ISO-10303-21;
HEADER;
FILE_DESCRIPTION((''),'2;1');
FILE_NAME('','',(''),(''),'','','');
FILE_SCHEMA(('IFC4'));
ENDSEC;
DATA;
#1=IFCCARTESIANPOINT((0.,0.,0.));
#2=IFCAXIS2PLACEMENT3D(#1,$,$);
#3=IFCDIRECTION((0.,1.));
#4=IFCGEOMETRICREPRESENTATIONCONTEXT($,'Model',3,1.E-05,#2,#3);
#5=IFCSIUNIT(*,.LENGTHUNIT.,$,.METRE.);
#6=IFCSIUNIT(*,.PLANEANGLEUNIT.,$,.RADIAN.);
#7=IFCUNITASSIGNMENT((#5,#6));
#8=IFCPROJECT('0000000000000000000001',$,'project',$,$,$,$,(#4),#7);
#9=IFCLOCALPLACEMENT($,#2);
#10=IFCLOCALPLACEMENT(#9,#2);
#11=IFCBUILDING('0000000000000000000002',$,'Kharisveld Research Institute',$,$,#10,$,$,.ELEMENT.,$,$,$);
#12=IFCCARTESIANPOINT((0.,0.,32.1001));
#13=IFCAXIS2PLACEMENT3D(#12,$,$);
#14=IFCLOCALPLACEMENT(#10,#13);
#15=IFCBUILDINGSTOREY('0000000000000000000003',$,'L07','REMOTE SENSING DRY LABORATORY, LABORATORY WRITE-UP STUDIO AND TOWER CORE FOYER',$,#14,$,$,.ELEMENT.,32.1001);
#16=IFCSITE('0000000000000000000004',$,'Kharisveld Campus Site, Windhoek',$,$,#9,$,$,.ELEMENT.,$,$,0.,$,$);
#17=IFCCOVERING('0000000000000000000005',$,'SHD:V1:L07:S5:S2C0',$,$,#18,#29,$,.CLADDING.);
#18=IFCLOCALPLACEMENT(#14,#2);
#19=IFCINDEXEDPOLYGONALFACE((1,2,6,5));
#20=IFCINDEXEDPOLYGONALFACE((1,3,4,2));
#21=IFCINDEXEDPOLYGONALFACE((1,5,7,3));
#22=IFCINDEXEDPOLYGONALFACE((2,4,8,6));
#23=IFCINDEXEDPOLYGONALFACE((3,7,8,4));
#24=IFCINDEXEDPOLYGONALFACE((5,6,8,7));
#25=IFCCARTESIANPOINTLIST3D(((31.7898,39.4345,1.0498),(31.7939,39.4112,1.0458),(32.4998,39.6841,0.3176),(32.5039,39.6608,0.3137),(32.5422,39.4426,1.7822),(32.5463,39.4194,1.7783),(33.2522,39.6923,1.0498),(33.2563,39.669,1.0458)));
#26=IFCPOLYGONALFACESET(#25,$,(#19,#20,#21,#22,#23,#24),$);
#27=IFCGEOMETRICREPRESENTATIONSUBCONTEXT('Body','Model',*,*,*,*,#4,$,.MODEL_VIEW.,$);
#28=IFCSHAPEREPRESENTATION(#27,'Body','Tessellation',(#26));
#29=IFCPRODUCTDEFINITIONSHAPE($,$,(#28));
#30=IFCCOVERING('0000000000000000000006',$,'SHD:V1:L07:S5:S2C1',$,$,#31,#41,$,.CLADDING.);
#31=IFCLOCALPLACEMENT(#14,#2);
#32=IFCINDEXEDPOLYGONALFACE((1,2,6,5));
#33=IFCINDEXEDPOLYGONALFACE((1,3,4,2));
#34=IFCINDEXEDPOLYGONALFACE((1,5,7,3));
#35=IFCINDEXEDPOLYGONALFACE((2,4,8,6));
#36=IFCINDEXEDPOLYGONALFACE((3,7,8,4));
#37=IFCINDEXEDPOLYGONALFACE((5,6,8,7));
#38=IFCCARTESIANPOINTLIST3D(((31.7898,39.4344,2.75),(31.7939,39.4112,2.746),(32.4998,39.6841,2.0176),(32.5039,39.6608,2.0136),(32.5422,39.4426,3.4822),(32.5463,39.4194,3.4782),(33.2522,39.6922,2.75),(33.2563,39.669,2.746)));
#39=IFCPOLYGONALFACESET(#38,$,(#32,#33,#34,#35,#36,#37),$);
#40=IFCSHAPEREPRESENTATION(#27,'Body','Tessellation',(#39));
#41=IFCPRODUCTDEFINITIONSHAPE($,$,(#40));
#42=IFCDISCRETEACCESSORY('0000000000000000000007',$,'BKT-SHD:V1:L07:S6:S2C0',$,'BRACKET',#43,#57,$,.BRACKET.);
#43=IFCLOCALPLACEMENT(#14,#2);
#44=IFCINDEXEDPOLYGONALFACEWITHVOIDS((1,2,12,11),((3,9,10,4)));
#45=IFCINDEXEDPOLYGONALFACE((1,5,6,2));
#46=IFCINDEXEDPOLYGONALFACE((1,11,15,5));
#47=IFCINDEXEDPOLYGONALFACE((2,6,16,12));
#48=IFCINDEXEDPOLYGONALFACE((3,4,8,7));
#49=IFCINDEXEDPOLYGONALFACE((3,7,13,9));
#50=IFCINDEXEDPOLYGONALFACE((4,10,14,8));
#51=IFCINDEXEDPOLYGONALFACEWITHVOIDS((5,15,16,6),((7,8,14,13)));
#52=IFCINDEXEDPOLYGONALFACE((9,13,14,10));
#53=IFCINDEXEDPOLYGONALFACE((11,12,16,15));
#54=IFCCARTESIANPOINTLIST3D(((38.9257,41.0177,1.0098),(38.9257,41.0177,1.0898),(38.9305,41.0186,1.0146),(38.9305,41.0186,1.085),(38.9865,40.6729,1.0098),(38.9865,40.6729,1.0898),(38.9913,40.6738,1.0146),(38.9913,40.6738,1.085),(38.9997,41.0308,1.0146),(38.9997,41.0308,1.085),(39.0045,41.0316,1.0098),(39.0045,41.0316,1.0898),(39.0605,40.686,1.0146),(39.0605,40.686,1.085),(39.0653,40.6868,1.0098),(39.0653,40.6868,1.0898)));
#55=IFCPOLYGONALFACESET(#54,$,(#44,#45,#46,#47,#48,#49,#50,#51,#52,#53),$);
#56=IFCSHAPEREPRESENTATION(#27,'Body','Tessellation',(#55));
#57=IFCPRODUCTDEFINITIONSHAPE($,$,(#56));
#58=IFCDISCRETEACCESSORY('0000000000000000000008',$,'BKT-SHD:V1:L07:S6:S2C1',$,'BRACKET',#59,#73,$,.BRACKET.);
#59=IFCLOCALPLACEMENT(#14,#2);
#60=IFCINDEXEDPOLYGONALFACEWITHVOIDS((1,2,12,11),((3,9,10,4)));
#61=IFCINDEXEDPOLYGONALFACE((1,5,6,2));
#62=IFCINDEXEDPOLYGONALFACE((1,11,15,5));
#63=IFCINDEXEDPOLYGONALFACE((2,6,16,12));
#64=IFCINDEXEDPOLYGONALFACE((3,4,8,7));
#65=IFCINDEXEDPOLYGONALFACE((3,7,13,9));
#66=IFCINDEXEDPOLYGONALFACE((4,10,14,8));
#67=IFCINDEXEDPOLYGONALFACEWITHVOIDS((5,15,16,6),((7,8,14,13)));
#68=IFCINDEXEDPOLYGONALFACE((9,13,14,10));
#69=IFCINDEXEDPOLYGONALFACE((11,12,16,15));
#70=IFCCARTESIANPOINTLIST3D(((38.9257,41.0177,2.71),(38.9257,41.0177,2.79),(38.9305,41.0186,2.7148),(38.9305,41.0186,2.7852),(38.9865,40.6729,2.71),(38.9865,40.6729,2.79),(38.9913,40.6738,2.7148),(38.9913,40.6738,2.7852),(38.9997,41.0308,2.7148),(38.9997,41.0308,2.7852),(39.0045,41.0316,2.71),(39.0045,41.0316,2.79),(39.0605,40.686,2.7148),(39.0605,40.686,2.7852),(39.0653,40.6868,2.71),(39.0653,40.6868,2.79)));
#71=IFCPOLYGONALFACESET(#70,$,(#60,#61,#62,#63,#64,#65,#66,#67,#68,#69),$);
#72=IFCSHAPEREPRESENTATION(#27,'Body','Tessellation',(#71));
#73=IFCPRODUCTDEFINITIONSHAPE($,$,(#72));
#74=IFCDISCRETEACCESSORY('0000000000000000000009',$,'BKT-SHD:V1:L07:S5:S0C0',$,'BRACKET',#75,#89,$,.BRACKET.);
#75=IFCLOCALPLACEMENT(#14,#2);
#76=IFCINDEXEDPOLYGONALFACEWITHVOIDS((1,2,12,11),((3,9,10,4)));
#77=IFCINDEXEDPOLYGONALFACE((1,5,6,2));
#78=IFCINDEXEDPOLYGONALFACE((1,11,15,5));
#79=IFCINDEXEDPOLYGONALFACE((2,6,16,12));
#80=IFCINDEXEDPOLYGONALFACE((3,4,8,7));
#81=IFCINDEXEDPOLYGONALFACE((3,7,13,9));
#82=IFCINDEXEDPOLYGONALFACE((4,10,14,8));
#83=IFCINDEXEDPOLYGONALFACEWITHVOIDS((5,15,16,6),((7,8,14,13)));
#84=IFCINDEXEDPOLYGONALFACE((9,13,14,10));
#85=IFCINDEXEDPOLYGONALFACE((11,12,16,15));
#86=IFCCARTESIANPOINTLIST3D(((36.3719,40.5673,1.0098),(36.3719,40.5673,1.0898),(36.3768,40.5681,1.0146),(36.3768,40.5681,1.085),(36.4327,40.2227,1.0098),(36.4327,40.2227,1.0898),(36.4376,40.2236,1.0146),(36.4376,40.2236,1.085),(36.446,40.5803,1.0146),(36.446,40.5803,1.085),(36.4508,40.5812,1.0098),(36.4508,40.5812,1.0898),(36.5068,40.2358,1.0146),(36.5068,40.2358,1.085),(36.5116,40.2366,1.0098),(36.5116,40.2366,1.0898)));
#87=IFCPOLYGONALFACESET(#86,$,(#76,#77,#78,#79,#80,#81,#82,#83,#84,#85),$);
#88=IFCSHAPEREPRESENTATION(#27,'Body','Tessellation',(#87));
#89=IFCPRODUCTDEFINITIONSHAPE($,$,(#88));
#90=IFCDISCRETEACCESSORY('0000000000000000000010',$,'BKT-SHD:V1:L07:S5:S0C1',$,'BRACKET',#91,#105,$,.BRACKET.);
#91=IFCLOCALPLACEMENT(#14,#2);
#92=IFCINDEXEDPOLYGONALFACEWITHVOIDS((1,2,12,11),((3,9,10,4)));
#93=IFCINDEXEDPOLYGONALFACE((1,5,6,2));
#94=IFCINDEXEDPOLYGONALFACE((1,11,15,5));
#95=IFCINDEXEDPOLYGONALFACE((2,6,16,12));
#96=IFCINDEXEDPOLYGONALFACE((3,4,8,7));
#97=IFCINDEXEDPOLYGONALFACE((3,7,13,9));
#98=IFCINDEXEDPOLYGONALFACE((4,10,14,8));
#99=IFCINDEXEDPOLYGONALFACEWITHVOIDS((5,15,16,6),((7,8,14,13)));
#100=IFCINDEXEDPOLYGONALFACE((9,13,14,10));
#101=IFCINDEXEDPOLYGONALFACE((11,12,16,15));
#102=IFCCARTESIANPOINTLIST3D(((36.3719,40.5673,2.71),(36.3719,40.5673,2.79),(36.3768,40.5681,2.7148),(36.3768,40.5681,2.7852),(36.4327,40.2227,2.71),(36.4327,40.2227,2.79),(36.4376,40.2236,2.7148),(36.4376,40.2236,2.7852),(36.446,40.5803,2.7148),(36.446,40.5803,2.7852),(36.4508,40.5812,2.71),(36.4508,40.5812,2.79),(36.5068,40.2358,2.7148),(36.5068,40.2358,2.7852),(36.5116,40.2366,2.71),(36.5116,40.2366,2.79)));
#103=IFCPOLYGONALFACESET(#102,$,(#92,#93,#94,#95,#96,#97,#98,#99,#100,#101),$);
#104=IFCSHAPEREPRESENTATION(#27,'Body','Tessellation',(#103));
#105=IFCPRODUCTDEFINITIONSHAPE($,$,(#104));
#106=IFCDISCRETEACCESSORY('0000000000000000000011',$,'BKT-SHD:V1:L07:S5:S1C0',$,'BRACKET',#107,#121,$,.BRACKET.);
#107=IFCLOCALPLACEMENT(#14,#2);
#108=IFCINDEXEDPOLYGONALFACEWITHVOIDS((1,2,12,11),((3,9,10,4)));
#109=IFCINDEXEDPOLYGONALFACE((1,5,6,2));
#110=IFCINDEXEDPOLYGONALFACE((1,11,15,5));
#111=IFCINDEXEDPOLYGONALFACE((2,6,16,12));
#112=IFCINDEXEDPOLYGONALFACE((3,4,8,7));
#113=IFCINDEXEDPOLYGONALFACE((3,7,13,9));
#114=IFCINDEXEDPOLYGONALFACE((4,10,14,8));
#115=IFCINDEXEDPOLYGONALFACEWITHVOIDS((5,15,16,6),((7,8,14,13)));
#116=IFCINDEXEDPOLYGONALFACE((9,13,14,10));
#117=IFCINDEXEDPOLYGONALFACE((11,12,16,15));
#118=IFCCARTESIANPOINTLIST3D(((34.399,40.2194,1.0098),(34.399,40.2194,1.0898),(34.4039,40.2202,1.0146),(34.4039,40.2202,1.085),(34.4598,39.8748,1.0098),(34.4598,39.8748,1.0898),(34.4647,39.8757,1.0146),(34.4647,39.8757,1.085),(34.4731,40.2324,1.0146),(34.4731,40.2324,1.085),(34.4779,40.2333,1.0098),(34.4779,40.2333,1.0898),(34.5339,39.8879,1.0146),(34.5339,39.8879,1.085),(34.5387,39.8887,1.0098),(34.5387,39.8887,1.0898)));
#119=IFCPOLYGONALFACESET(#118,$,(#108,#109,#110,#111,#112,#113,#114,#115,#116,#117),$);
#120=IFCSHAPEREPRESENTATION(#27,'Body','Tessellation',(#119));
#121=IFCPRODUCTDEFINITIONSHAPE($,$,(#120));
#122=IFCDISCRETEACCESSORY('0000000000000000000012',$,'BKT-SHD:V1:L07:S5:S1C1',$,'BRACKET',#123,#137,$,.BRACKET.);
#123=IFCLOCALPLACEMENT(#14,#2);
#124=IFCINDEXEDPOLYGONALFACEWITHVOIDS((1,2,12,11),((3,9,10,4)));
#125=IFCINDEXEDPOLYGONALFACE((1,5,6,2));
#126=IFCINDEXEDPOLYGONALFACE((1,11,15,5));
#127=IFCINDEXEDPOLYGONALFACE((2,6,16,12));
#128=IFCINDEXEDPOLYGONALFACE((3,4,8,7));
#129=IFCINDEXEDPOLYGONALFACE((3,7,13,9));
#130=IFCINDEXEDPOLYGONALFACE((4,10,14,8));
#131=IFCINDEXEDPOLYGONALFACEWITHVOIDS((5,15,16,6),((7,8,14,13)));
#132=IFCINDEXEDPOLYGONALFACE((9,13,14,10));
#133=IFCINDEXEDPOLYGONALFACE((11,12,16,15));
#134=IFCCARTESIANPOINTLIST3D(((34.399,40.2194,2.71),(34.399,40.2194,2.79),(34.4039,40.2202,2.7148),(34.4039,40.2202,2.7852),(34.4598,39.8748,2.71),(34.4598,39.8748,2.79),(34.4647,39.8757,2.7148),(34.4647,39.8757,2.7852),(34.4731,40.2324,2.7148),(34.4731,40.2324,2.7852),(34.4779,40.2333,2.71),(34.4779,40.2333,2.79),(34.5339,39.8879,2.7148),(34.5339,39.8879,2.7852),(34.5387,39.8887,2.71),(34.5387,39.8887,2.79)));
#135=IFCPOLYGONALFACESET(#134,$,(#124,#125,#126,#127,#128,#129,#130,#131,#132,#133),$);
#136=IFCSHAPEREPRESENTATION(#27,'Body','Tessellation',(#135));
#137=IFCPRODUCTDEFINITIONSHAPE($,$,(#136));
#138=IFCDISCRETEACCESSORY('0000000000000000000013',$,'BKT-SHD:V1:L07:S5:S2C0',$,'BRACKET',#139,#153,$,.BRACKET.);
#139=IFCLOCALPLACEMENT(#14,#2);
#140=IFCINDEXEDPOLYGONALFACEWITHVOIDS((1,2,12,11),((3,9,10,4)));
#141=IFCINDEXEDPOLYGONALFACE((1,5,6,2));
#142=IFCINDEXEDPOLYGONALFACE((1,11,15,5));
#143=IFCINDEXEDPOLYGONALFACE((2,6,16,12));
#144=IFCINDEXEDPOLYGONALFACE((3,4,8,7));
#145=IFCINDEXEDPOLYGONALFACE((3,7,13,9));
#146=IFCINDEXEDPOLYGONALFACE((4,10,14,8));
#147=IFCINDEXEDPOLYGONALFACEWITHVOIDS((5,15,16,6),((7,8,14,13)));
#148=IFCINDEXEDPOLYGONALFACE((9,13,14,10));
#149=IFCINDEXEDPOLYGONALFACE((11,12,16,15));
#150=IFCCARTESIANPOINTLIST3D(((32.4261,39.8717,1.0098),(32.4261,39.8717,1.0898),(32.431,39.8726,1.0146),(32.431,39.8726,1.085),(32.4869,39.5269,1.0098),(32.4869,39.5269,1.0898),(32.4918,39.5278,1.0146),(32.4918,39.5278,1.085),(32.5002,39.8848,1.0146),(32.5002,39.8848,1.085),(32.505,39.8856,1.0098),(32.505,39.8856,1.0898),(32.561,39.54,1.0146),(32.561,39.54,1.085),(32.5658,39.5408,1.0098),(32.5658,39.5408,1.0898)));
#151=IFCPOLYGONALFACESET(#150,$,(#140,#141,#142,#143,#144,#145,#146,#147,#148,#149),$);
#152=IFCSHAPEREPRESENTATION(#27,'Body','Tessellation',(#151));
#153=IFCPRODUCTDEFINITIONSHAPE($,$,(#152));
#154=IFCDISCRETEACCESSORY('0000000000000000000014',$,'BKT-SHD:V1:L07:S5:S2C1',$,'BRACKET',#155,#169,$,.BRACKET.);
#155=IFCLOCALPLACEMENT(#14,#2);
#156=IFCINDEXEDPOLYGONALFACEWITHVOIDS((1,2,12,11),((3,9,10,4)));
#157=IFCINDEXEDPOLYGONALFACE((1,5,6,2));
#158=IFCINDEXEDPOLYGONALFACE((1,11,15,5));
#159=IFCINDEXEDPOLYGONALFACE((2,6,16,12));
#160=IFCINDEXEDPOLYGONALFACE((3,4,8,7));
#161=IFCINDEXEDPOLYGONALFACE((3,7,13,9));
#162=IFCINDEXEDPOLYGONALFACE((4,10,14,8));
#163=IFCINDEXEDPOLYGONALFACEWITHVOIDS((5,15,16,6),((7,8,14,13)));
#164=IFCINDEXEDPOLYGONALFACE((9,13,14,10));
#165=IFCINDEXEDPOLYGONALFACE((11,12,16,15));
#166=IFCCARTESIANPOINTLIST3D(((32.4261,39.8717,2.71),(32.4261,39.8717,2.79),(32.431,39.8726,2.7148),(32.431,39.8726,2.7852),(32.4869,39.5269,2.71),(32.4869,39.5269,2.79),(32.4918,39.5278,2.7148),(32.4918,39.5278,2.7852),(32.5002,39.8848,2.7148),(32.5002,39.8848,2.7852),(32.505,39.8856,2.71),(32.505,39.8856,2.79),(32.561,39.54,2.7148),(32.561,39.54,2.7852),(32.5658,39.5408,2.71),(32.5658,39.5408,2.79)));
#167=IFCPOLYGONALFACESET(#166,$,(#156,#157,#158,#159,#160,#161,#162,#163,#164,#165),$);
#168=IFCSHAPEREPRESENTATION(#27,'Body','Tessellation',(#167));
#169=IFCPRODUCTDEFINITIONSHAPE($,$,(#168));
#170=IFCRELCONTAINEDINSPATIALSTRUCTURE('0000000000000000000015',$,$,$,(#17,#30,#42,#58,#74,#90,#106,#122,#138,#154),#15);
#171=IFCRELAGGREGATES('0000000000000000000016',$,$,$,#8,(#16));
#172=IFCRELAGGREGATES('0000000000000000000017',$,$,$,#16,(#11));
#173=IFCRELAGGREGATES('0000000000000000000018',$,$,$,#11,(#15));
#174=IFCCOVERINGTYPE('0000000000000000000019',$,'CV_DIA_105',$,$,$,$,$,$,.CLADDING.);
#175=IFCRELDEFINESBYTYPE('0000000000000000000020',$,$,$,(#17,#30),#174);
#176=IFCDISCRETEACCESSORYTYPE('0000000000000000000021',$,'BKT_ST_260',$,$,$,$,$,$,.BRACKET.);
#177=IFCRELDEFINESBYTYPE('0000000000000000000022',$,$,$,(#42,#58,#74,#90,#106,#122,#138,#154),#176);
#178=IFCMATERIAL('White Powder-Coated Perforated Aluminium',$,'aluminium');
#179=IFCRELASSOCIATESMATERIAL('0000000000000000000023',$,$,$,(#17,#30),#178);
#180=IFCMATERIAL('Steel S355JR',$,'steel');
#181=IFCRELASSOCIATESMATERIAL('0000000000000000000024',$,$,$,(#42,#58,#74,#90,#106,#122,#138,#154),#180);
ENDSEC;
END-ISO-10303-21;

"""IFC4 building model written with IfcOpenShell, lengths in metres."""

from ifc_helpers import new_model, si_unit, direction, frame, origin, origin_2d, place, context, subcontext, project, spatial, polyline, hollow_rectangle, outline, extrude, material, type_object, element, save


model = new_model("IFC4")

# Units and contexts
model_context = context("Model", 3, precision=1e-05, world=origin(), true_north=direction((0.0, 1.0)))
body_context = subcontext(model_context, "Body", "Model", "MODEL_VIEW")
ifc_project = project(units=[si_unit("LENGTHUNIT", "METRE"), si_unit("PLANEANGLEUNIT", "RADIAN")], contexts=[model_context])

# Site, building, storey
site_placement = place(None, origin())
site = spatial("IfcSite", under=ifc_project, at=site_placement, Name="Kharisveld Campus Site, Windhoek", CompositionType="ELEMENT", RefElevation=0.0)
building_placement = place(site_placement, origin())
building = spatial("IfcBuilding", under=site, at=building_placement, Name="Kharisveld Research Institute", CompositionType="ELEMENT")
storey_placement = place(building_placement, frame((0.0, 0.0, 32.1001)))
storey = spatial("IfcBuildingStorey", under=building, at=storey_placement, Name="L07", Description="REMOTE SENSING DRY LABORATORY, LABORATORY WRITE-UP STUDIO AND TOWER CORE FOYER", CompositionType="ELEMENT", Elevation=32.1001)

# Coverings
ifc_material_1 = material(Name="White Powder-Coated Perforated Aluminium", Category="aluminium")
covering_type = type_object("IfcCoveringType", Name="CV_DIA_105", PredefinedType="CLADDING")
covering_1_placement = place(storey_placement, frame((32.4998, 39.6841, 0.3176), z_axis=(-0.171234, 0.971299, 0.165096), x_axis=(-0.676173, -0.237734, 0.697333)))
element("IfcCovering", 1, at=covering_1_placement, inside=storey, type_object=covering_type, material=ifc_material_1, Name="SHD:V1:L07:S5:S2C0", PredefinedType="CLADDING", context=body_context, shape_type="SweptSolid", body=[
    extrude(outline(polyline([(0.0, 0.0), (1.0499, 0.0), (1.05, 1.0501), (-0.0002, 1.0499), (0.0, 0.0)])), origin(), (0.0, 0.0, -1.0), 0.0239),
])
covering_2_placement = place(storey_placement, frame((32.4998, 39.6841, 2.0176), z_axis=(-0.171234, 0.971299, 0.165096), x_axis=(-0.676056, -0.237732, 0.697446)))
element("IfcCovering", 2, at=covering_2_placement, inside=storey, type_object=covering_type, material=ifc_material_1, Name="SHD:V1:L07:S5:S2C1", PredefinedType="CLADDING", context=body_context, shape_type="SweptSolid", body=[
    extrude(outline(polyline([(0.0, 0.0), (1.0501, 0.0), (1.0502, 1.0499), (0.0002, 1.0501), (0.0, 0.0)])), origin(), (0.0, 0.0, -1.0), 0.0239),
])

# Discrete accessories
ifc_material_2 = material(Name="Steel S355JR", Category="steel")
discrete_accessory_type = type_object("IfcDiscreteAccessoryType", Name="BKT_ST_260", PredefinedType="BRACKET")
for number, where, z_axis, x_axis, name in (
    (3, (38.9651, 41.0247, 1.0498), (0.173666, -0.984805, 0.0), (0.984805, 0.173666, 0.0), "BKT-SHD:V1:L07:S6:S2C0"),
    (4, (38.9651, 41.0247, 2.75), (0.173666, -0.984805, 0.0), (0.984805, 0.173666, 0.0), "BKT-SHD:V1:L07:S6:S2C1"),
):
    element("IfcDiscreteAccessory", number, at=place(storey_placement, frame(where, z_axis=z_axis, x_axis=x_axis)), inside=storey, type_object=discrete_accessory_type, material=ifc_material_2, Name=name, ObjectType="BRACKET", PredefinedType="BRACKET", context=body_context, shape_type="SweptSolid", body=[
        extrude(hollow_rectangle(XDim=0.0801, YDim=0.0801, WallThickness=0.0049, at=origin_2d()), origin(), (0.0, 0.0, 1.0), 0.3501),
    ])
for number, where, z_axis, x_axis, name in (
    (5, (36.4114, 40.5742, 1.0498), (0.173785, -0.984784, 0.0), (0.984784, 0.173785, 0.0), "BKT-SHD:V1:L07:S5:S0C0"),
    (6, (36.4114, 40.5742, 2.75), (0.173785, -0.984784, 0.0), (0.984784, 0.173785, 0.0), "BKT-SHD:V1:L07:S5:S0C1"),
    (7, (34.4385, 40.2263, 1.0498), (0.173785, -0.984784, 0.0), (0.984784, 0.173785, 0.0), "BKT-SHD:V1:L07:S5:S1C0"),
    (8, (34.4385, 40.2263, 2.75), (0.173785, -0.984784, 0.0), (0.984784, 0.173785, 0.0), "BKT-SHD:V1:L07:S5:S1C1"),
):
    element("IfcDiscreteAccessory", number, at=place(storey_placement, frame(where, z_axis=z_axis, x_axis=x_axis)), inside=storey, type_object=discrete_accessory_type, material=ifc_material_2, Name=name, ObjectType="BRACKET", PredefinedType="BRACKET", context=body_context, shape_type="SweptSolid", body=[
        extrude(hollow_rectangle(XDim=0.0801, YDim=0.0801, WallThickness=0.0049, at=origin_2d()), origin(), (0.0, 0.0, 1.0), 0.3499),
    ])
for number, where, z_axis, x_axis, name in (
    (9, (32.4656, 39.8787, 1.0498), (0.173666, -0.984805, 0.0), (0.984805, 0.173666, 0.0), "BKT-SHD:V1:L07:S5:S2C0"),
    (10, (32.4656, 39.8787, 2.75), (0.173666, -0.984805, 0.0), (0.984805, 0.173666, 0.0), "BKT-SHD:V1:L07:S5:S2C1"),
):
    element("IfcDiscreteAccessory", number, at=place(storey_placement, frame(where, z_axis=z_axis, x_axis=x_axis)), inside=storey, type_object=discrete_accessory_type, material=ifc_material_2, Name=name, ObjectType="BRACKET", PredefinedType="BRACKET", context=body_context, shape_type="SweptSolid", body=[
        extrude(hollow_rectangle(XDim=0.0801, YDim=0.0801, WallThickness=0.0049, at=origin_2d()), origin(), (0.0, 0.0, 1.0), 0.3501),
    ])

save(model, "model.ifc")
